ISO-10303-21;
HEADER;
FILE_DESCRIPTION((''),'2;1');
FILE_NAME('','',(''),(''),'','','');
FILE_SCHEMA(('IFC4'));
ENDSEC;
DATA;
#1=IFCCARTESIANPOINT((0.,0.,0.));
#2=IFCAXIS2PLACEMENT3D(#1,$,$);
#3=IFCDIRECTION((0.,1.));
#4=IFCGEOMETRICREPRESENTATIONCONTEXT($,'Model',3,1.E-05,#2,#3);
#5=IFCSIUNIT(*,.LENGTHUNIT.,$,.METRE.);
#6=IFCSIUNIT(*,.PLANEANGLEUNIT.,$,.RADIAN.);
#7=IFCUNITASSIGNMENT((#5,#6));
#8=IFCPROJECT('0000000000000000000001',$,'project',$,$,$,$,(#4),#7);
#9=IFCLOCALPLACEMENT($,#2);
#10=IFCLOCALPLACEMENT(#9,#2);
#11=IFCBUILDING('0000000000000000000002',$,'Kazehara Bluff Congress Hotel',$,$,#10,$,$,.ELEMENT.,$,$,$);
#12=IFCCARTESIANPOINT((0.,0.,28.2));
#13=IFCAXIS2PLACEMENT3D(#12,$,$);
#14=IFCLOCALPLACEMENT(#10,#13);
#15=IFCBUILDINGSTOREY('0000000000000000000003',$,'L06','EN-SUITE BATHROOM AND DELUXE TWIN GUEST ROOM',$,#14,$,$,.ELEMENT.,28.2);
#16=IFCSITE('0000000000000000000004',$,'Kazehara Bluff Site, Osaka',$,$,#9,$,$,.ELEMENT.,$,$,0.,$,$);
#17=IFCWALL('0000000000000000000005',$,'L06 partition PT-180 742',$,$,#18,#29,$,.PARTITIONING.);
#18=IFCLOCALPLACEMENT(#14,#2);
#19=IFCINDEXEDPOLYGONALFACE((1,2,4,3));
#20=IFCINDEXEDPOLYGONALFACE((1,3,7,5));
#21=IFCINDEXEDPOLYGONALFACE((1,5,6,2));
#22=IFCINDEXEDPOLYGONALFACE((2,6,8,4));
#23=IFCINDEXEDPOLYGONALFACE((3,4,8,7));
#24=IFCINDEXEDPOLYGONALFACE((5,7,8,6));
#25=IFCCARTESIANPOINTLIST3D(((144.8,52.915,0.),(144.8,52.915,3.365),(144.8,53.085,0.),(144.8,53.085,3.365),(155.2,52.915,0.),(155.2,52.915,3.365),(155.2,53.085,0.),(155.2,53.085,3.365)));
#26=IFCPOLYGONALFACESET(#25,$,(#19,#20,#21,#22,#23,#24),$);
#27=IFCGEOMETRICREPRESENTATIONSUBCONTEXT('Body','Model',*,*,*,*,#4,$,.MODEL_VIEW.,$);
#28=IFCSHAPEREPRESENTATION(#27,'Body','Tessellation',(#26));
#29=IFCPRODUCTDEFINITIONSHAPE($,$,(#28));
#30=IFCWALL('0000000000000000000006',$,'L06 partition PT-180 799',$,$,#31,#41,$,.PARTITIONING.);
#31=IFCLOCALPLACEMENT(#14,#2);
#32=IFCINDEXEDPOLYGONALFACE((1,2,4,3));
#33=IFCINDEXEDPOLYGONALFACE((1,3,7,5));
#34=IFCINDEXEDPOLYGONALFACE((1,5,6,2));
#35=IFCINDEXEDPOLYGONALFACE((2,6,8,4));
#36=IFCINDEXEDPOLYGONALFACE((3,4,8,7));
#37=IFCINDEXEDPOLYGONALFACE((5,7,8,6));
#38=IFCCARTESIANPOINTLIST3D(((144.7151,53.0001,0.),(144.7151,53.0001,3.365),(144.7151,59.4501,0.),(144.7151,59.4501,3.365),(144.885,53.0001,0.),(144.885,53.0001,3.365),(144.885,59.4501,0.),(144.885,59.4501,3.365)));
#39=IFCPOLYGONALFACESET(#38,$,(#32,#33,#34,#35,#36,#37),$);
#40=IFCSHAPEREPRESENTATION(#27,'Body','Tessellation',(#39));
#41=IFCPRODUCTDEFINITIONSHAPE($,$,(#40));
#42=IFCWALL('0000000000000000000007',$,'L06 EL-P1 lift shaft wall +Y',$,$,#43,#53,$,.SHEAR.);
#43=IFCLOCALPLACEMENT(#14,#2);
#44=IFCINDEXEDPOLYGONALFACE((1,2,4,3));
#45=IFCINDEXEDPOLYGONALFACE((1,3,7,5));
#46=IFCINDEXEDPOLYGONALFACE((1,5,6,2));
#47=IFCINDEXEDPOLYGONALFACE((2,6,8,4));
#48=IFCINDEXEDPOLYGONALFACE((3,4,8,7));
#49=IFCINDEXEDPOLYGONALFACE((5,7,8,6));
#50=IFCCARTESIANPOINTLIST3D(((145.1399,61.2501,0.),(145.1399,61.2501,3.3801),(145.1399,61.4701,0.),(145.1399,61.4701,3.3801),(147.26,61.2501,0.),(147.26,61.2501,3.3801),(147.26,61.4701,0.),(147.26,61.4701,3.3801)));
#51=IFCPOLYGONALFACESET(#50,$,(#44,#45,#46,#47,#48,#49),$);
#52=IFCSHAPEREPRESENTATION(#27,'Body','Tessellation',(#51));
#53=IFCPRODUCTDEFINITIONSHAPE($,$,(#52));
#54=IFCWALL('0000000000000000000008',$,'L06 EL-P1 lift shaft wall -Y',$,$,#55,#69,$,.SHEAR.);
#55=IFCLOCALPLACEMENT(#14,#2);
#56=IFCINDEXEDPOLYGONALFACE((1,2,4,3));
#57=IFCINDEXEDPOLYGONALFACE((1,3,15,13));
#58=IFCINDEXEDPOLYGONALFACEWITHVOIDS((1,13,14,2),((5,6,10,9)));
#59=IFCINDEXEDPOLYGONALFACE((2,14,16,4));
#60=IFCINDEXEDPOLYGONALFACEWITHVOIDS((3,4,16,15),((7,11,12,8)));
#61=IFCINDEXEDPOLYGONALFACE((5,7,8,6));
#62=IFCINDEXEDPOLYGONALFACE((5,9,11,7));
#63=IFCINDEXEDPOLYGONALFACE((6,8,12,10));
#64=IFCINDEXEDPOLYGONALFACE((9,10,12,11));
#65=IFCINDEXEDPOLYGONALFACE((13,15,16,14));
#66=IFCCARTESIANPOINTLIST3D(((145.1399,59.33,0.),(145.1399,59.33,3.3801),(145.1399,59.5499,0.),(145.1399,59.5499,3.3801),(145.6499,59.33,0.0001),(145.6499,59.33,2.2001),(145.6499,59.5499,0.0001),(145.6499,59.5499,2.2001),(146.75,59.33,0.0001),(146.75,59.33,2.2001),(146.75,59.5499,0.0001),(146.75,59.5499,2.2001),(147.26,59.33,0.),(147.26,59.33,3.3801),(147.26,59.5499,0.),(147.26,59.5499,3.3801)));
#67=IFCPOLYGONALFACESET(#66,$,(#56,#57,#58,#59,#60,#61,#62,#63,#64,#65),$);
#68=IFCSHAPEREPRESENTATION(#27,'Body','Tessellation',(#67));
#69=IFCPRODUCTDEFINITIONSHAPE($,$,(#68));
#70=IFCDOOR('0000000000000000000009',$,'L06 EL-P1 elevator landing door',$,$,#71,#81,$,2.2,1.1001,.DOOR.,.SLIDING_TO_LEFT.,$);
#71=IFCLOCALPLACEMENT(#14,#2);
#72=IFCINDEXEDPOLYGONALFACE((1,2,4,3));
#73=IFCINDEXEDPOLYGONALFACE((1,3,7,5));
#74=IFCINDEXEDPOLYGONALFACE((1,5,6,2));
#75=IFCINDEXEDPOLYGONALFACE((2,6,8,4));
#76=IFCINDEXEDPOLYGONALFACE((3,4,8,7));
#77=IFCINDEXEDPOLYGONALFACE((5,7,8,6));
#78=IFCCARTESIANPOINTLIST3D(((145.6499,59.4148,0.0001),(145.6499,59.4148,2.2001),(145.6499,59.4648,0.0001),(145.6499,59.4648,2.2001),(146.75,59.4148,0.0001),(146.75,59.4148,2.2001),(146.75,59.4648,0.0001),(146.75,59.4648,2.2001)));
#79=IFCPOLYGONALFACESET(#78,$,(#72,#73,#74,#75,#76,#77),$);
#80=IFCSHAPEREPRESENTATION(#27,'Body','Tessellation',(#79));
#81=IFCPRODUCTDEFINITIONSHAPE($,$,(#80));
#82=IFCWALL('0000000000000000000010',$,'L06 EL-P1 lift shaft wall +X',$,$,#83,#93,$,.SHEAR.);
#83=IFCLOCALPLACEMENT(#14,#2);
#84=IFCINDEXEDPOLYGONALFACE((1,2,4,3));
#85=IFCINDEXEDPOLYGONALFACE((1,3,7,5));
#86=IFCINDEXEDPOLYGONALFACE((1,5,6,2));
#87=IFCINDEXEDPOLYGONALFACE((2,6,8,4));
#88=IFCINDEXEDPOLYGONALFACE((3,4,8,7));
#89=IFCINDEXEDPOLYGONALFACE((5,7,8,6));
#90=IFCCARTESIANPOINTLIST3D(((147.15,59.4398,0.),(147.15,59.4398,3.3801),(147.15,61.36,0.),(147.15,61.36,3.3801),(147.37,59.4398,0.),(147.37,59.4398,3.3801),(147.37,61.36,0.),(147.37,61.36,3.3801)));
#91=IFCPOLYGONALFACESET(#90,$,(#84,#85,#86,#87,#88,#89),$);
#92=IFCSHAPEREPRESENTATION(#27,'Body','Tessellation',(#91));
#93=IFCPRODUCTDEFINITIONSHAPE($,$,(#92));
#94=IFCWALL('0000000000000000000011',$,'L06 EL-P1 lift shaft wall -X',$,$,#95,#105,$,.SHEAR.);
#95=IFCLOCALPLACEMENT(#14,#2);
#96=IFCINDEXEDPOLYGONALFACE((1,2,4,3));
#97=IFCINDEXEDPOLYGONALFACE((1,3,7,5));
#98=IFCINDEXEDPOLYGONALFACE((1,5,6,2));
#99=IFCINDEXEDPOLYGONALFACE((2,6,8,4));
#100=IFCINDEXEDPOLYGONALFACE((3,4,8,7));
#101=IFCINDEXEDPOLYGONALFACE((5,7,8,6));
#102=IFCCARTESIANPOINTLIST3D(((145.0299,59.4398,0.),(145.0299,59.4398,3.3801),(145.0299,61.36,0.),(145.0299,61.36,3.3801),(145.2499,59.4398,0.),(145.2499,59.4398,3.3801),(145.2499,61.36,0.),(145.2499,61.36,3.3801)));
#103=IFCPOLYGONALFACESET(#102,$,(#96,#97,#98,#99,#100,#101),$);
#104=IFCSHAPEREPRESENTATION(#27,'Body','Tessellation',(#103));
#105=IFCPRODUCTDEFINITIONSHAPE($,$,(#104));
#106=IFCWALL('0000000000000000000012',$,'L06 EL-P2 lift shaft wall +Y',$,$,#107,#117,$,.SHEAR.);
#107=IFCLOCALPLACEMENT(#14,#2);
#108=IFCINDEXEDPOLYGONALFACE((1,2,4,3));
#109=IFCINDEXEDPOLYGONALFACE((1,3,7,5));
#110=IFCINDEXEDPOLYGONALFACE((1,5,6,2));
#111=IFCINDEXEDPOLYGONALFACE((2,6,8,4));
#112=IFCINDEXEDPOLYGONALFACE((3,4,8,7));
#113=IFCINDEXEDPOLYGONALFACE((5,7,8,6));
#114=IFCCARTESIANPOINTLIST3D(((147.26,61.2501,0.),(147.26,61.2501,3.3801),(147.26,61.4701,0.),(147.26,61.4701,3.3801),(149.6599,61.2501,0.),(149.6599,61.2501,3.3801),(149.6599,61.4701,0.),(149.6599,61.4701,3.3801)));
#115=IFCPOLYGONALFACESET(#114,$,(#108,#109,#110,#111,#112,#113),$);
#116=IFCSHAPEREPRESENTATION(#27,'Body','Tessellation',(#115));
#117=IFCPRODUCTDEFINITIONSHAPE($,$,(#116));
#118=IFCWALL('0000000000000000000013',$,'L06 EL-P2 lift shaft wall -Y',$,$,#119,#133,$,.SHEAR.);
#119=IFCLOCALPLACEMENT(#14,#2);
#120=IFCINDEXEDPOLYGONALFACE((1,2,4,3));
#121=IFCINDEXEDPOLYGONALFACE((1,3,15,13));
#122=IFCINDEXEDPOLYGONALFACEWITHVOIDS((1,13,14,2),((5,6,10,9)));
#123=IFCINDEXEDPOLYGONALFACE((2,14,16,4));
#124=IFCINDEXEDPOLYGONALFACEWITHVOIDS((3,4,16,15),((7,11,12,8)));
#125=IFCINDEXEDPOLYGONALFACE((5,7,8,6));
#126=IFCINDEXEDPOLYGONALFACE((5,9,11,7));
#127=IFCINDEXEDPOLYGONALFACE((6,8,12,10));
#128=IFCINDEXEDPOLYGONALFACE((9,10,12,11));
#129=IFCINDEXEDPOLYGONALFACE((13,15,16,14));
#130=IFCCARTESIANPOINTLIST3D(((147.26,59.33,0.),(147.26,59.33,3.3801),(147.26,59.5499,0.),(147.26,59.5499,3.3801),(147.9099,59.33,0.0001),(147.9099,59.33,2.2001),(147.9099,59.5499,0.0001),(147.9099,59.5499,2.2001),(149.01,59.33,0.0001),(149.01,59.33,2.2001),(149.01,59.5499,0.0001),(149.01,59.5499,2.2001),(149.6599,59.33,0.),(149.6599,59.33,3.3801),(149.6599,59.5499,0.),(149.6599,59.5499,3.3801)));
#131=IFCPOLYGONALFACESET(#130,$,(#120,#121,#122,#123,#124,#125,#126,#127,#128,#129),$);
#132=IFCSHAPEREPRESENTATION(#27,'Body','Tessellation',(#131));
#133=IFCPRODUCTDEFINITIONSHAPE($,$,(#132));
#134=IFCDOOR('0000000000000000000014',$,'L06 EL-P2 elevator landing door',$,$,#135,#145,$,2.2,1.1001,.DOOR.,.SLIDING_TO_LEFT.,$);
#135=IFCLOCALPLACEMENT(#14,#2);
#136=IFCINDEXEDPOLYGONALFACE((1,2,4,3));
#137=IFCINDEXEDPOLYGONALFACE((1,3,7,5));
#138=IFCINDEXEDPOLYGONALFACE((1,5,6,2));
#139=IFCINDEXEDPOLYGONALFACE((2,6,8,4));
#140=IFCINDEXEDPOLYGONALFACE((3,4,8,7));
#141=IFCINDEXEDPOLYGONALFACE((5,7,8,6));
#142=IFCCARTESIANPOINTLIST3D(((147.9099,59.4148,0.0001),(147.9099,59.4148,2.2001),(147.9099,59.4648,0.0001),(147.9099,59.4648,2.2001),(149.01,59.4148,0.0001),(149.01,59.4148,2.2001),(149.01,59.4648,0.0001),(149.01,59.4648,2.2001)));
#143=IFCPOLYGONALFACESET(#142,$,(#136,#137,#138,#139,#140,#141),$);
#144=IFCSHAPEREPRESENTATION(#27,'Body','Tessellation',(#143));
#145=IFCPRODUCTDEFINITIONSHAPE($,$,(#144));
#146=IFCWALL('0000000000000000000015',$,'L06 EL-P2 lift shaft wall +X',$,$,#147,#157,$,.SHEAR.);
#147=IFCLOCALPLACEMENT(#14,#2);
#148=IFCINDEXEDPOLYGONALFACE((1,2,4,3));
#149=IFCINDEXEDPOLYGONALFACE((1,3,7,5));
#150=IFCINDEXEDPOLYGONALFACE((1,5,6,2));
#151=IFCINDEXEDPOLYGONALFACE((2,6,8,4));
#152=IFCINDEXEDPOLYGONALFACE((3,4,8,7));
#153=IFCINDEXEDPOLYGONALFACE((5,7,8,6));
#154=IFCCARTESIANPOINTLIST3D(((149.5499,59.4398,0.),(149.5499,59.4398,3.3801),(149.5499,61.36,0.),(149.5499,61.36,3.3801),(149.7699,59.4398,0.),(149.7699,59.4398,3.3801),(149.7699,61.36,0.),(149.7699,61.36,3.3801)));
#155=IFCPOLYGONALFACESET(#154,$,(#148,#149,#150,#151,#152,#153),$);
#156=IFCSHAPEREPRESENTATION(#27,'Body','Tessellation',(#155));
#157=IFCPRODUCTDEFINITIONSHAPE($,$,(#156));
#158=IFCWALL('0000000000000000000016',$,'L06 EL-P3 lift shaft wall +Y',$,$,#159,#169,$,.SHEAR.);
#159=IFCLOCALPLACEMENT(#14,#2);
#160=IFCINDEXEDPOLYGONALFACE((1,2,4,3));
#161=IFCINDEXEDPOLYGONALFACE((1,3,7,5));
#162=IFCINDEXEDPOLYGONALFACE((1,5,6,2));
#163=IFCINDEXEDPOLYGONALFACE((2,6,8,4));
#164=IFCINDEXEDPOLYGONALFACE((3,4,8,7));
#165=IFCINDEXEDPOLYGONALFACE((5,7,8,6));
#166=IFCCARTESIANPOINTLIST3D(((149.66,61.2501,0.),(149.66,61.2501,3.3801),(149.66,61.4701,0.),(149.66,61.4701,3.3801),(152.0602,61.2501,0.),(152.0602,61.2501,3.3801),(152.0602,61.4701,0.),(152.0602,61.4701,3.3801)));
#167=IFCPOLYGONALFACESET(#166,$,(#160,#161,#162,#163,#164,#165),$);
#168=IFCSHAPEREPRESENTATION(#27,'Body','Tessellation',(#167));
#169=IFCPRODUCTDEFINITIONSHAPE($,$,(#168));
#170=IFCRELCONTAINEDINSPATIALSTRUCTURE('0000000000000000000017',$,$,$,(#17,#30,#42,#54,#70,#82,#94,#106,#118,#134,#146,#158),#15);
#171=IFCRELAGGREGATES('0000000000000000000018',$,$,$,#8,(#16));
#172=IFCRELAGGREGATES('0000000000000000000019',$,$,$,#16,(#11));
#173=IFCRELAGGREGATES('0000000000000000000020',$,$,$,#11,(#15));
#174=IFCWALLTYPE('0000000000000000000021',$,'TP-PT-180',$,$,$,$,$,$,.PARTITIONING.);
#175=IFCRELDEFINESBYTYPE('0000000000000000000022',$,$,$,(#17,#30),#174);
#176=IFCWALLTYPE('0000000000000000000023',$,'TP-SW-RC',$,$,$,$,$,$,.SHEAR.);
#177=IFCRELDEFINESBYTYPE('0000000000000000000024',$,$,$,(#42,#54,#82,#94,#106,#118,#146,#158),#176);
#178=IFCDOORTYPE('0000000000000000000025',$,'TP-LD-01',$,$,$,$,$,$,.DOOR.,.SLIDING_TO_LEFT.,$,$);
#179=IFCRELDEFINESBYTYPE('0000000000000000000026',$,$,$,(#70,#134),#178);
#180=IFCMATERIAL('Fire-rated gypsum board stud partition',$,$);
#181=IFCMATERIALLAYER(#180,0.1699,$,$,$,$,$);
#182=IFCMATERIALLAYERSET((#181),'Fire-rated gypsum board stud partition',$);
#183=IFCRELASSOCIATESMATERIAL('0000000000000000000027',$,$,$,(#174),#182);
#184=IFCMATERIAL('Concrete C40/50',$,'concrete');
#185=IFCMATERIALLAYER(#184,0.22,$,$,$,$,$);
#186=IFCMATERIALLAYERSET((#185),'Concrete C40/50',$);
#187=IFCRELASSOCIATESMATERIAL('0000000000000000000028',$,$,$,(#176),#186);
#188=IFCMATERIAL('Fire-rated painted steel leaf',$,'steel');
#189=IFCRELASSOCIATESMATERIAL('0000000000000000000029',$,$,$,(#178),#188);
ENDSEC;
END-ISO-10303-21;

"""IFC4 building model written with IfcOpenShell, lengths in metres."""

from ifc_helpers import new_model, si_unit, direction, frame, frame_2d, origin, place, context, subcontext, project, spatial, rectangle, extrude, material, layer, layer_set, type_object, element, fill, save


model = new_model("IFC4")

# Units and contexts
model_context = context("Model", 3, precision=1e-05, world=origin(), true_north=direction((0.0, 1.0)))
body_context = subcontext(model_context, "Body", "Model", "MODEL_VIEW")
ifc_project = project(units=[si_unit("LENGTHUNIT", "METRE"), si_unit("PLANEANGLEUNIT", "RADIAN")], contexts=[model_context])

# Site, building, storey
site_placement = place(None, origin())
site = spatial("IfcSite", under=ifc_project, at=site_placement, Name="Kazehara Bluff Site, Osaka", CompositionType="ELEMENT", RefElevation=0.0)
building_placement = place(site_placement, origin())
building = spatial("IfcBuilding", under=site, at=building_placement, Name="Kazehara Bluff Congress Hotel", CompositionType="ELEMENT")
storey_placement = place(building_placement, frame((0.0, 0.0, 28.2)))
storey = spatial("IfcBuildingStorey", under=building, at=storey_placement, Name="L06", Description="EN-SUITE BATHROOM AND DELUXE TWIN GUEST ROOM", CompositionType="ELEMENT", Elevation=28.2)

# Walls
ifc_material_1 = material(Name="Fire-rated gypsum board stud partition")
ifc_layer_1 = layer(ifc_material_1, 0.1699)
ifc_layer_set_1 = layer_set([ifc_layer_1], Name="Fire-rated gypsum board stud partition")
wall_type_1 = type_object("IfcWallType", Name="TP-PT-180", PredefinedType="PARTITIONING", material=ifc_layer_set_1)
wall_1_placement = place(storey_placement, frame((144.8, 53.0, 0.0), z_axis=(0.0, 0.0, 1.0), x_axis=(1.0, 0.0, 0.0)))
element("IfcWall", 1, at=wall_1_placement, inside=storey, type_object=wall_type_1, Name="L06 partition PT-180 742", PredefinedType="PARTITIONING", context=body_context, shape_type="SweptSolid", body=[
    extrude(rectangle(XDim=10.3999, YDim=0.1699, at=frame_2d((5.2, 0.0))), origin(), (0.0, 0.0, 1.0), 3.365),
])
wall_2_placement = place(storey_placement, frame((144.8, 53.0, 0.0), z_axis=(0.0, 0.0, 1.0), x_axis=(0.0, 1.0, 0.0)))
element("IfcWall", 2, at=wall_2_placement, inside=storey, type_object=wall_type_1, Name="L06 partition PT-180 799", PredefinedType="PARTITIONING", context=body_context, shape_type="SweptSolid", body=[
    extrude(rectangle(XDim=6.45, YDim=0.1699, at=frame_2d((3.2251, 0.0))), origin(), (0.0, 0.0, 1.0), 3.365),
])
ifc_material_2 = material(Name="Concrete C40/50", Category="concrete")
ifc_layer_2 = layer(ifc_material_2, 0.22)
ifc_layer_set_2 = layer_set([ifc_layer_2], Name="Concrete C40/50")
wall_type_2 = type_object("IfcWallType", Name="TP-SW-RC", PredefinedType="SHEAR", material=ifc_layer_set_2)
wall_3_placement = place(storey_placement, frame((145.1399, 61.3601, 0.0), z_axis=(0.0, 0.0, 1.0), x_axis=(1.0, 0.0, 0.0)))
element("IfcWall", 3, at=wall_3_placement, inside=storey, type_object=wall_type_2, Name="L06 EL-P1 lift shaft wall +Y", PredefinedType="SHEAR", context=body_context, shape_type="SweptSolid", body=[
    extrude(rectangle(XDim=2.1201, YDim=0.22, at=frame_2d((1.0601, 0.0))), origin(), (0.0, 0.0, 1.0), 3.3801),
])

# Wall, opening, door
wall_4_placement = place(storey_placement, frame((145.1399, 59.4399, 0.0), z_axis=(0.0, 0.0, 1.0), x_axis=(1.0, 0.0, 0.0)))
wall_4 = element("IfcWall", 4, at=wall_4_placement, inside=storey, type_object=wall_type_2, Name="L06 EL-P1 lift shaft wall -Y", PredefinedType="SHEAR", context=body_context, shape_type="SweptSolid", body=[
    extrude(rectangle(XDim=2.1201, YDim=0.22, at=frame_2d((1.0601, 0.0))), origin(), (0.0, 0.0, 1.0), 3.3801),
])
opening_1_placement = place(wall_4_placement, frame((0.51, 0.0, 0.0)))
opening_1 = element("IfcOpeningElement", 5, at=opening_1_placement, cuts=wall_4, PredefinedType="OPENING", context=body_context, shape_type="SweptSolid", body=[
    extrude(rectangle(XDim=1.1001, YDim=2.2, at=frame_2d((0.55, 1.1001))), frame((0.0, 0.1199, 0.0), z_axis=(0.0, -1.0, 0.0), x_axis=(1.0, 0.0, 0.0)), (0.0, 0.0, 1.0), 0.24),
])
ifc_material_3 = material(Name="Fire-rated painted steel leaf", Category="steel")
door_type = type_object("IfcDoorType", Name="TP-LD-01", OperationType="SLIDING_TO_LEFT", PredefinedType="DOOR", material=ifc_material_3)
door_1_placement = place(opening_1_placement, origin())
door_1 = element("IfcDoor", 6, at=door_1_placement, inside=storey, type_object=door_type, Name="L06 EL-P1 elevator landing door", OperationType="SLIDING_TO_LEFT", OverallHeight=2.2, OverallWidth=1.1001, PredefinedType="DOOR", context=body_context, shape_type="SweptSolid", body=[
    extrude(rectangle(XDim=1.1001, YDim=2.2, at=frame_2d((0.55, 1.1001))), frame((0.0, 0.0249, 0.0), z_axis=(0.0, -1.0, 0.0), x_axis=(1.0, 0.0, 0.0)), (0.0, 0.0, 1.0), 0.05),
])
fill(opening_1, door_1)

# Walls
for number, where, z_axis, x_axis, name in (
    (7, (147.26, 59.4399, 0.0), (0.0, 0.0, 1.0), (0.0, 1.0, 0.0), "L06 EL-P1 lift shaft wall +X"),
    (8, (145.1399, 59.4399, 0.0), (0.0, 0.0, 1.0), (0.0, 1.0, 0.0), "L06 EL-P1 lift shaft wall -X"),
):
    element("IfcWall", number, at=place(storey_placement, frame(where, z_axis=z_axis, x_axis=x_axis)), inside=storey, type_object=wall_type_2, Name=name, PredefinedType="SHEAR", context=body_context, shape_type="SweptSolid", body=[
        extrude(rectangle(XDim=1.9202, YDim=0.22, at=frame_2d((0.96, 0.0))), origin(), (0.0, 0.0, 1.0), 3.3801),
    ])
wall_5_placement = place(storey_placement, frame((147.26, 61.3601, 0.0), z_axis=(0.0, 0.0, 1.0), x_axis=(1.0, 0.0, 0.0)))
element("IfcWall", 9, at=wall_5_placement, inside=storey, type_object=wall_type_2, Name="L06 EL-P2 lift shaft wall +Y", PredefinedType="SHEAR", context=body_context, shape_type="SweptSolid", body=[
    extrude(rectangle(XDim=2.3999, YDim=0.22, at=frame_2d((1.2, 0.0))), origin(), (0.0, 0.0, 1.0), 3.3801),
])

# Wall, opening, door
wall_6_placement = place(storey_placement, frame((147.26, 59.4399, 0.0), z_axis=(0.0, 0.0, 1.0), x_axis=(1.0, 0.0, 0.0)))
wall_6 = element("IfcWall", 10, at=wall_6_placement, inside=storey, type_object=wall_type_2, Name="L06 EL-P2 lift shaft wall -Y", PredefinedType="SHEAR", context=body_context, shape_type="SweptSolid", body=[
    extrude(rectangle(XDim=2.3999, YDim=0.22, at=frame_2d((1.2, 0.0))), origin(), (0.0, 0.0, 1.0), 3.3801),
])
opening_2_placement = place(wall_6_placement, frame((0.6499, 0.0, 0.0)))
opening_2 = element("IfcOpeningElement", 11, at=opening_2_placement, cuts=wall_6, PredefinedType="OPENING", context=body_context, shape_type="SweptSolid", body=[
    extrude(rectangle(XDim=1.1001, YDim=2.2, at=frame_2d((0.55, 1.1001))), frame((0.0, 0.1199, 0.0), z_axis=(0.0, -1.0, 0.0), x_axis=(1.0, 0.0, 0.0)), (0.0, 0.0, 1.0), 0.24),
])
door_2_placement = place(opening_2_placement, origin())
door_2 = element("IfcDoor", 12, at=door_2_placement, inside=storey, type_object=door_type, Name="L06 EL-P2 elevator landing door", OperationType="SLIDING_TO_LEFT", OverallHeight=2.2, OverallWidth=1.1001, PredefinedType="DOOR", context=body_context, shape_type="SweptSolid", body=[
    extrude(rectangle(XDim=1.1001, YDim=2.2, at=frame_2d((0.55, 1.1001))), frame((0.0, 0.0249, 0.0), z_axis=(0.0, -1.0, 0.0), x_axis=(1.0, 0.0, 0.0)), (0.0, 0.0, 1.0), 0.05),
])
fill(opening_2, door_2)

# Walls
wall_7_placement = place(storey_placement, frame((149.6599, 59.4399, 0.0), z_axis=(0.0, 0.0, 1.0), x_axis=(0.0, 1.0, 0.0)))
element("IfcWall", 13, at=wall_7_placement, inside=storey, type_object=wall_type_2, Name="L06 EL-P2 lift shaft wall +X", PredefinedType="SHEAR", context=body_context, shape_type="SweptSolid", body=[
    extrude(rectangle(XDim=1.9202, YDim=0.22, at=frame_2d((0.96, 0.0))), origin(), (0.0, 0.0, 1.0), 3.3801),
])
wall_8_placement = place(storey_placement, frame((149.6599, 61.3601, 0.0), z_axis=(0.0, 0.0, 1.0), x_axis=(1.0, 0.0, 0.0)))
element("IfcWall", 14, at=wall_8_placement, inside=storey, type_object=wall_type_2, Name="L06 EL-P3 lift shaft wall +Y", PredefinedType="SHEAR", context=body_context, shape_type="SweptSolid", body=[
    extrude(rectangle(XDim=2.4001, YDim=0.22, at=frame_2d((1.2002, 0.0))), origin(), (0.0, 0.0, 1.0), 3.3801),
])

save(model, "model.ifc")
